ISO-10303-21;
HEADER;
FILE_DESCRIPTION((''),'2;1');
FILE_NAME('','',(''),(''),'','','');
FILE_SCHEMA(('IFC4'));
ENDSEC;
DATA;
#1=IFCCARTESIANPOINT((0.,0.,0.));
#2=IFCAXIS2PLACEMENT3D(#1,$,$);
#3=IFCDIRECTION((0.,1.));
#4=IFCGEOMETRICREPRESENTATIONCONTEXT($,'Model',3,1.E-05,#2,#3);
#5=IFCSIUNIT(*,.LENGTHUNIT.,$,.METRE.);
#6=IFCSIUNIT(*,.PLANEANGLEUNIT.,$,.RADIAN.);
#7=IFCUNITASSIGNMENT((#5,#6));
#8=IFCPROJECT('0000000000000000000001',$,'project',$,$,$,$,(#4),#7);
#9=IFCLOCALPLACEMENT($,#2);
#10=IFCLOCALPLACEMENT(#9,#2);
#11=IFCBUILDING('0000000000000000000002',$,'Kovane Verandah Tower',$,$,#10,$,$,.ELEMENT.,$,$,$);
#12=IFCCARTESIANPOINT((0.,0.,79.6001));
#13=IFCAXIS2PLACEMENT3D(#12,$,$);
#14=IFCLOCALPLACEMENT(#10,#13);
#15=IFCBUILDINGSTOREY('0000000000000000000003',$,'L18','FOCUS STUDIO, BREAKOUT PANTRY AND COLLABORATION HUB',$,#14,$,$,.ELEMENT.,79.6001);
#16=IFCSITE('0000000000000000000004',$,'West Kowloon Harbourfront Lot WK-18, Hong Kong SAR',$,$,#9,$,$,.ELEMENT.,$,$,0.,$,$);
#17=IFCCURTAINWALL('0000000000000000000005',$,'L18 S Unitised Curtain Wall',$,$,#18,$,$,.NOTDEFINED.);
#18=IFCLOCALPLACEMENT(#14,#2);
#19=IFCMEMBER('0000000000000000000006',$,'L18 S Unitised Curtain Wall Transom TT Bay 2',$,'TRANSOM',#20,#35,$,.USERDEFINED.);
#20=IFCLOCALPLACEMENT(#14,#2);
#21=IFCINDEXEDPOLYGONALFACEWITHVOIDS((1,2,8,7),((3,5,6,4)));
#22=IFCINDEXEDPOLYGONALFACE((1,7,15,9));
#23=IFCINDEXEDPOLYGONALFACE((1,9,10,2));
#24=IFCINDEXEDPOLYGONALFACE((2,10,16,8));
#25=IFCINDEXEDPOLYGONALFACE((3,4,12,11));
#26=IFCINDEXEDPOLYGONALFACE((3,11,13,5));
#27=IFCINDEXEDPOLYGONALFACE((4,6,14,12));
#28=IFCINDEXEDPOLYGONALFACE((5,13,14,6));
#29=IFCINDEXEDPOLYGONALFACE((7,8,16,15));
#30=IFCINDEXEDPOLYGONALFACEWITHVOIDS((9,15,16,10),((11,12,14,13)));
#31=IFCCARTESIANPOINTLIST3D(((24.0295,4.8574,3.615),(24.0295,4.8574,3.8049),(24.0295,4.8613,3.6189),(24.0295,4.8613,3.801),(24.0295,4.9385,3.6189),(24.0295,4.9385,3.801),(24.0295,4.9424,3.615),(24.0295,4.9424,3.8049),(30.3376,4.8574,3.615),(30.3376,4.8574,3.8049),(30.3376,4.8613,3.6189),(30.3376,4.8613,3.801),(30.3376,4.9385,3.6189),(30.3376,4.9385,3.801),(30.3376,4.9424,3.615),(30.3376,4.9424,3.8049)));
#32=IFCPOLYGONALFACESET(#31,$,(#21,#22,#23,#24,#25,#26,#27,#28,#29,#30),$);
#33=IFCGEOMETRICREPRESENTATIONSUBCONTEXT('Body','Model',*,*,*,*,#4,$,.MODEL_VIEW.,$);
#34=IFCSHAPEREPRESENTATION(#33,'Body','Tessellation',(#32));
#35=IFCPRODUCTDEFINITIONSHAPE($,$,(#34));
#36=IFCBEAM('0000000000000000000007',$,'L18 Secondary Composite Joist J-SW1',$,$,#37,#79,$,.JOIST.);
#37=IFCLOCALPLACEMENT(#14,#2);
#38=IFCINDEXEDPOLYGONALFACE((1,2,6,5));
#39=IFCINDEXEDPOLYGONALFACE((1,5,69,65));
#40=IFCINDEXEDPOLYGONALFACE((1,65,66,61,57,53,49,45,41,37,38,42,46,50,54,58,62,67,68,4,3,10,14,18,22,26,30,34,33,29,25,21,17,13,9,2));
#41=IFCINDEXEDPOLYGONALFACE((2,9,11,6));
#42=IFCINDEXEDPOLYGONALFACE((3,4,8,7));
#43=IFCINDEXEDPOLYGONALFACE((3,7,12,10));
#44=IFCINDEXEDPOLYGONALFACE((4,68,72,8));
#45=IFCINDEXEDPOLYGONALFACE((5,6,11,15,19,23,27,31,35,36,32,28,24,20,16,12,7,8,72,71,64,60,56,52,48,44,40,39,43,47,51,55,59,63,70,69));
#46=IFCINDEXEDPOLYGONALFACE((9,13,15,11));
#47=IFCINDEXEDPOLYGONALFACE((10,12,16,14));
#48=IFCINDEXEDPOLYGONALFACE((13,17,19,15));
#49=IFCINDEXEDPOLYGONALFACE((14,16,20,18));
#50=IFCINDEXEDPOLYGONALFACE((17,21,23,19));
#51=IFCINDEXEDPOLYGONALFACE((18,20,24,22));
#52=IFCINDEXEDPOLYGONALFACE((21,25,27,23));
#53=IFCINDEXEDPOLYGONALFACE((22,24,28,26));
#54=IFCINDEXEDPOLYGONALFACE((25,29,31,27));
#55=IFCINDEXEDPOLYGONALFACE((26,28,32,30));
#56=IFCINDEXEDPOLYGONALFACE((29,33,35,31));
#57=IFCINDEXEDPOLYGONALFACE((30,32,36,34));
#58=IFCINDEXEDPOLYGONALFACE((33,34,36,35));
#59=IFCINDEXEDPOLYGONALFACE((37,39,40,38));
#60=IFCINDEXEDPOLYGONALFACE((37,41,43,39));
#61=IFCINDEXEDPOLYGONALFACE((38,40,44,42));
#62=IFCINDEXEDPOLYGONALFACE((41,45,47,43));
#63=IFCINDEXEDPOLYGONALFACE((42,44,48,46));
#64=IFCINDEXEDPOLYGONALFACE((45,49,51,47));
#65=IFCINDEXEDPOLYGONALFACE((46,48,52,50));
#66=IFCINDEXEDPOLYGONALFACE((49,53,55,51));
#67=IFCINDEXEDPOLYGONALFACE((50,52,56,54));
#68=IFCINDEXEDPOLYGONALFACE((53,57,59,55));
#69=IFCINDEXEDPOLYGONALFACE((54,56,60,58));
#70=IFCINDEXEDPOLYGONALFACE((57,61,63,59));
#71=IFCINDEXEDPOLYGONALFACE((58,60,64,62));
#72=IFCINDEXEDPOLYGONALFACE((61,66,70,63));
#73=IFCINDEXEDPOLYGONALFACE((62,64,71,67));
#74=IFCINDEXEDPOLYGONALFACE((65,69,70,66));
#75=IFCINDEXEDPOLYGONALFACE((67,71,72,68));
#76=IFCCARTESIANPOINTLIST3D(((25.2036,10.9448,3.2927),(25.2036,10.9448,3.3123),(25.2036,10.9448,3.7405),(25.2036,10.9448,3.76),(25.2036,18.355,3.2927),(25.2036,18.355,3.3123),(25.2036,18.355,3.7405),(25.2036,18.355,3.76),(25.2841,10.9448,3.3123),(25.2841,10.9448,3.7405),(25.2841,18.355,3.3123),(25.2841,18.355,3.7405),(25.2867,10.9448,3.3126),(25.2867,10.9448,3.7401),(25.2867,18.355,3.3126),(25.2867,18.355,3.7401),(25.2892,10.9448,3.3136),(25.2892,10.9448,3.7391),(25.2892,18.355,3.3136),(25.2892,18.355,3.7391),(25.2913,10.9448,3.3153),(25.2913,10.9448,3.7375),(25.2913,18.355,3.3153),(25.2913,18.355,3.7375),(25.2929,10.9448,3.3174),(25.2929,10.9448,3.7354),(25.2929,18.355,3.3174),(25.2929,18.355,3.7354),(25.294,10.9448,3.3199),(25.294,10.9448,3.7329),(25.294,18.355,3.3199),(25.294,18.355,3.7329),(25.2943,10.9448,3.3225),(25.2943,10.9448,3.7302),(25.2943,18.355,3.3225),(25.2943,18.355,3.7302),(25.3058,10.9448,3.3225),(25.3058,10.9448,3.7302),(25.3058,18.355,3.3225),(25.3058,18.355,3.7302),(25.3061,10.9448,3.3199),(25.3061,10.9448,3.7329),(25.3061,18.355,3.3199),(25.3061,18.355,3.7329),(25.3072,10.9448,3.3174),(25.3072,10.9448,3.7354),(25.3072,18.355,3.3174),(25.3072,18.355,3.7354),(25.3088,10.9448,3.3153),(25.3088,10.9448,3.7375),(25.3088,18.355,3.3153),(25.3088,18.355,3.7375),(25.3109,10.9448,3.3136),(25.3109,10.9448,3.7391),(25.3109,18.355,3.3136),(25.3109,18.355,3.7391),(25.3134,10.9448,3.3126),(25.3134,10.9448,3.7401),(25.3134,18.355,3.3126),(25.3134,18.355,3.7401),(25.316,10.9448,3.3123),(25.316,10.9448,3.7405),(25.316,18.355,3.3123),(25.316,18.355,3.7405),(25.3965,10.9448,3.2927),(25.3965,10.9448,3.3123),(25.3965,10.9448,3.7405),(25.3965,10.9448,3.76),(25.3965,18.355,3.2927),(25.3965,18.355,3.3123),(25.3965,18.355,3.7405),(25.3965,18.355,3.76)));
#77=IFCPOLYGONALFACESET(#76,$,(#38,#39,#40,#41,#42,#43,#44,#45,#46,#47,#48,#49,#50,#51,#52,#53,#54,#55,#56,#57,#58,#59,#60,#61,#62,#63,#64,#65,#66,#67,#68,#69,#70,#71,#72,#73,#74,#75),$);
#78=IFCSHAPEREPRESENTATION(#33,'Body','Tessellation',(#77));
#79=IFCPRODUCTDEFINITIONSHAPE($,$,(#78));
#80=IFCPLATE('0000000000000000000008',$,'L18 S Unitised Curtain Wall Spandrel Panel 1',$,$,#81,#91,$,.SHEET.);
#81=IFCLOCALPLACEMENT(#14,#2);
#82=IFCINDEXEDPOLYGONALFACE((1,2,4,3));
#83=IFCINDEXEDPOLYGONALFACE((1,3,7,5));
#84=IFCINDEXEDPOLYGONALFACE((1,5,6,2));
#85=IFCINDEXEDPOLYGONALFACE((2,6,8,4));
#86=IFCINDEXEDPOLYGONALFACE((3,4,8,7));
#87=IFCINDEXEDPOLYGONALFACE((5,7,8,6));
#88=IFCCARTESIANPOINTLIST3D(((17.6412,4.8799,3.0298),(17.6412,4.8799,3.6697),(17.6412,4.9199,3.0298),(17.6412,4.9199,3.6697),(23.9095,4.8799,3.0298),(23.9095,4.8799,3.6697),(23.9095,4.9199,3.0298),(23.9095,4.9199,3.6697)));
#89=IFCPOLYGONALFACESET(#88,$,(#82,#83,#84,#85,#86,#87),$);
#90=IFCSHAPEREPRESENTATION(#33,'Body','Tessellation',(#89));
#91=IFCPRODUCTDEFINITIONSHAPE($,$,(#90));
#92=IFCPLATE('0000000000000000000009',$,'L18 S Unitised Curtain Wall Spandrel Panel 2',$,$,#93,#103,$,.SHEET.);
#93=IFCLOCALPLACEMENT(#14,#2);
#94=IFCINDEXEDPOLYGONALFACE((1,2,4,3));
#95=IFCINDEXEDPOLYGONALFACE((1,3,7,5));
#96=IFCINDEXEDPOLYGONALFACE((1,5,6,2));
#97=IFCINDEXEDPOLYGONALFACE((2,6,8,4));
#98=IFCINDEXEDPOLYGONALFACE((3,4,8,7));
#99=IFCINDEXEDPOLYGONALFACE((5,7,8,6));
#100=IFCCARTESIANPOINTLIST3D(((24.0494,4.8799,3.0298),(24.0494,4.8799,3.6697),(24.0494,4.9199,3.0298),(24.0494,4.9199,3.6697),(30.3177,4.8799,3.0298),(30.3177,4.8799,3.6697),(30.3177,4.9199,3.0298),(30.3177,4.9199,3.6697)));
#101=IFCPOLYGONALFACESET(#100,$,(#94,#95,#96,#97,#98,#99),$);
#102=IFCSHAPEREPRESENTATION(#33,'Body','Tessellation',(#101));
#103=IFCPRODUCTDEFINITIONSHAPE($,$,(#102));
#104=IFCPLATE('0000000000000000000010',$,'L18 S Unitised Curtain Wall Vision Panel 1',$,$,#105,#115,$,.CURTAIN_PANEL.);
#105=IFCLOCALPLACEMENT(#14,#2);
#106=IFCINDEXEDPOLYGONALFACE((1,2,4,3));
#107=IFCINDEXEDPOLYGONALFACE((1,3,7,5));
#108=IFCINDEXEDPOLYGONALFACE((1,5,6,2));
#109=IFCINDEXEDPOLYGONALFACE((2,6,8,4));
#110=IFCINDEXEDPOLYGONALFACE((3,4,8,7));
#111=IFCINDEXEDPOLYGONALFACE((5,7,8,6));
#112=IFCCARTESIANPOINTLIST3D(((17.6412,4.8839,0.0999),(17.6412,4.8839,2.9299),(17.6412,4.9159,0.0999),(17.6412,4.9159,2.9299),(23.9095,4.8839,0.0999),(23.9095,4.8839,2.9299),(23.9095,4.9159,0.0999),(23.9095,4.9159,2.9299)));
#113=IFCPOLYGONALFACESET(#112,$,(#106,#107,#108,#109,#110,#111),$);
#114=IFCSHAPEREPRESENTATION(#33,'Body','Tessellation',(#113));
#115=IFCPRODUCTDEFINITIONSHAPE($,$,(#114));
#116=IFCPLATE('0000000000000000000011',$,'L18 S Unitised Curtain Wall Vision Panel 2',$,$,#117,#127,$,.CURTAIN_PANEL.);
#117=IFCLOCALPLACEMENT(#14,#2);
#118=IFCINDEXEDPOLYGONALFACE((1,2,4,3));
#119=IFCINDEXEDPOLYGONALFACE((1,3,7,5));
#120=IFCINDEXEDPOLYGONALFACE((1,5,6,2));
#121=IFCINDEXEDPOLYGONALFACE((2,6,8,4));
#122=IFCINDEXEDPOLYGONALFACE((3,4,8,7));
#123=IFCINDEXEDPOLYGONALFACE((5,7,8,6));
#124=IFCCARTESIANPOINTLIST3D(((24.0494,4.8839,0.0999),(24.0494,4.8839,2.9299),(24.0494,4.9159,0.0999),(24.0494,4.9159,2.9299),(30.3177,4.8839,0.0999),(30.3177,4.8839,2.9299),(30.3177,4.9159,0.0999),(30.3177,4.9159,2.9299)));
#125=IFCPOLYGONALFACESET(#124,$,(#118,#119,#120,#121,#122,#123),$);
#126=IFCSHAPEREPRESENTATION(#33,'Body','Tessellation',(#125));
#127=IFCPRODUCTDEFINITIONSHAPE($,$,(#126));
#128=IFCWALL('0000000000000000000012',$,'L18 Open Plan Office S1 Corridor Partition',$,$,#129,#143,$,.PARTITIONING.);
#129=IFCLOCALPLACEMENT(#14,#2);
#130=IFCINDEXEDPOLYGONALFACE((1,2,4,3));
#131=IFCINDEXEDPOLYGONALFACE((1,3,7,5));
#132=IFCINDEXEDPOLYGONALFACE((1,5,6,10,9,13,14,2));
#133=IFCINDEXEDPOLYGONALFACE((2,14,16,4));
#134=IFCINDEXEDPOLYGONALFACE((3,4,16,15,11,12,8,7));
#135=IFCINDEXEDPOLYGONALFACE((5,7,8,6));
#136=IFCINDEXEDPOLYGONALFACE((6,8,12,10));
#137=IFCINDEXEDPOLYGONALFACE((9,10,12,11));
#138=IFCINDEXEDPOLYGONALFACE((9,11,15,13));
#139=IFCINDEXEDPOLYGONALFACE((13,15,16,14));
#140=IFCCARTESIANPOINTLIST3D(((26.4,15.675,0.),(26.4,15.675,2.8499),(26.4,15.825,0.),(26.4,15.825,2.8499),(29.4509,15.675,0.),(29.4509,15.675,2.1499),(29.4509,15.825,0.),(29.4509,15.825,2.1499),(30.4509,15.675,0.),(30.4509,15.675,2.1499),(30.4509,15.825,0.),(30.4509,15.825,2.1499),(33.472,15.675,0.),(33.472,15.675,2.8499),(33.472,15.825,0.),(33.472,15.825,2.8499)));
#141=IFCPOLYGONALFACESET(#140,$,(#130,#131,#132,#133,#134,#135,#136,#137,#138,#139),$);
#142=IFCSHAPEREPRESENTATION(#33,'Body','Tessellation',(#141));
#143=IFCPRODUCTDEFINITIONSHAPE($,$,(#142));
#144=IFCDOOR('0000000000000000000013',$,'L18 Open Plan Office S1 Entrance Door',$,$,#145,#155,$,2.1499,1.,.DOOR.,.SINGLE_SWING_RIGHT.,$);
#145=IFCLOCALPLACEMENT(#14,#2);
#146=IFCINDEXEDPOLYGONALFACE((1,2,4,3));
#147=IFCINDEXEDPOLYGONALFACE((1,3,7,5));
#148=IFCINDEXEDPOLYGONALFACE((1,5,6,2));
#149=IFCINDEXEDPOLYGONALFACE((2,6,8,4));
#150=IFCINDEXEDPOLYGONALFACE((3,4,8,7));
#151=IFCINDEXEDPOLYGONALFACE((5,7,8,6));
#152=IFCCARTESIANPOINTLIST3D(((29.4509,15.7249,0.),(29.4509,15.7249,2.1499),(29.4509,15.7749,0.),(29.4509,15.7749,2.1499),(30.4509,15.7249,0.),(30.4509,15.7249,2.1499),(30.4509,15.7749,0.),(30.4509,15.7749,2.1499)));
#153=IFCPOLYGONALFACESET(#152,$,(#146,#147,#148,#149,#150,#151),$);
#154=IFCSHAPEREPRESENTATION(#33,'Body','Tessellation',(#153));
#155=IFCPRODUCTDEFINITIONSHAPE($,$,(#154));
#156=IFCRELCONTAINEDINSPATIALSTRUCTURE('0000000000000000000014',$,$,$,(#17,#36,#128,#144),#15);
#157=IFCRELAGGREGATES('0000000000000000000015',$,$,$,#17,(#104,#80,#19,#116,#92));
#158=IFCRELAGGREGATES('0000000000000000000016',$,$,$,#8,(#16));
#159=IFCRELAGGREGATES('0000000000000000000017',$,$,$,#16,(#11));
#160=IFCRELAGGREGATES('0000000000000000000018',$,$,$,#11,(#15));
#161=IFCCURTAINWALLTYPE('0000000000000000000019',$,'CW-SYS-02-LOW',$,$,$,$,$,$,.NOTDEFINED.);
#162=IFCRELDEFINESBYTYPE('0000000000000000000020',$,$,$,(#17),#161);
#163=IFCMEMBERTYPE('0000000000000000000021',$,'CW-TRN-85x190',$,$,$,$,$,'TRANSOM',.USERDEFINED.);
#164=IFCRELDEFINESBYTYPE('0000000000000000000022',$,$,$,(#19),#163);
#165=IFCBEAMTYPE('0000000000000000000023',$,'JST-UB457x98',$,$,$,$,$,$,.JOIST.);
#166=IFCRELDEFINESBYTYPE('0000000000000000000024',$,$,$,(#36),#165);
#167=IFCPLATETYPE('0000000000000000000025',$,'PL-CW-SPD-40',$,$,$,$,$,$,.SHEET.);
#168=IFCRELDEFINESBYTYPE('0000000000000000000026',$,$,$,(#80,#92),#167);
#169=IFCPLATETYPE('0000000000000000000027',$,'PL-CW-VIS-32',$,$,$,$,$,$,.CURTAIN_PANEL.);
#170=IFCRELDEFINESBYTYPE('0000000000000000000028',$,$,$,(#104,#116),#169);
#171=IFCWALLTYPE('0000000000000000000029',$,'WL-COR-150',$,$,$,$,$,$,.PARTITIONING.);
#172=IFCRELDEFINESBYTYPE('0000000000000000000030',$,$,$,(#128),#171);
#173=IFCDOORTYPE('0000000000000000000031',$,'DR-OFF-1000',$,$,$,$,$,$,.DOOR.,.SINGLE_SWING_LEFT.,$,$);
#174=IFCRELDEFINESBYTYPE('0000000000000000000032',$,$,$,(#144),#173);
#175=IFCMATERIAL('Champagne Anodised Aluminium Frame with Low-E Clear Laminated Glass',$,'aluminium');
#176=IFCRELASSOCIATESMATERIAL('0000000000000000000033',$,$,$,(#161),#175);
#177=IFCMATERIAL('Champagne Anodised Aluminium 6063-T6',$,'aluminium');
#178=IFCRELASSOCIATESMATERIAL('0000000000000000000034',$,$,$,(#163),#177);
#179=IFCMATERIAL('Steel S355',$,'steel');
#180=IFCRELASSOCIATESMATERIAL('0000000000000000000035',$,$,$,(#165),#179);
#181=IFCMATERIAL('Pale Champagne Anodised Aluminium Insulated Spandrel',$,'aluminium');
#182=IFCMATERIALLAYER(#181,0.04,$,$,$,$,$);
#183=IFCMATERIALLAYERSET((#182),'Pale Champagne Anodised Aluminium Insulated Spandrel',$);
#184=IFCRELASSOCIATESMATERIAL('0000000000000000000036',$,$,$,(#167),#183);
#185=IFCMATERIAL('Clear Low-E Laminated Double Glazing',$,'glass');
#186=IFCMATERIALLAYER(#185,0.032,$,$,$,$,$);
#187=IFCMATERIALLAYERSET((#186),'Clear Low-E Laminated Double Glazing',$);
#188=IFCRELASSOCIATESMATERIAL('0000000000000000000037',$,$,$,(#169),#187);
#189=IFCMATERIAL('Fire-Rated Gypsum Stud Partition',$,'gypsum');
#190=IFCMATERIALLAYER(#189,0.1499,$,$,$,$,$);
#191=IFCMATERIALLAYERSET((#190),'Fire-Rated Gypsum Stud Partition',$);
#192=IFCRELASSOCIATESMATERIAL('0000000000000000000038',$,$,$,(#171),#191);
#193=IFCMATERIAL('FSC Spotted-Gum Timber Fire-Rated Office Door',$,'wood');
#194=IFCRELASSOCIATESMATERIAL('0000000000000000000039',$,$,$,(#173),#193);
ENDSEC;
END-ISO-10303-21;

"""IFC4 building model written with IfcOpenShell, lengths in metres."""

from ifc_helpers import new_model, si_unit, direction, frame, frame_2d, origin, origin_2d, place, context, subcontext, project, spatial, rectangle, hollow_rectangle, i_section, extrude, material, layer, layer_set, material_profile, profile_set, type_object, element, fill, aggregate, save


model = new_model("IFC4")

# Units and contexts
model_context = context("Model", 3, precision=1e-05, world=origin(), true_north=direction((0.0, 1.0)))
body_context = subcontext(model_context, "Body", "Model", "MODEL_VIEW")
ifc_project = project(units=[si_unit("LENGTHUNIT", "METRE"), si_unit("PLANEANGLEUNIT", "RADIAN")], contexts=[model_context])

# Site, building, storey
site_placement = place(None, origin())
site = spatial("IfcSite", under=ifc_project, at=site_placement, Name="West Kowloon Harbourfront Lot WK-18, Hong Kong SAR", CompositionType="ELEMENT", RefElevation=0.0)
building_placement = place(site_placement, origin())
building = spatial("IfcBuilding", under=site, at=building_placement, Name="Kovane Verandah Tower", CompositionType="ELEMENT")
storey_placement = place(building_placement, frame((0.0, 0.0, 79.6001)))
storey = spatial("IfcBuildingStorey", under=building, at=storey_placement, Name="L18", Description="FOCUS STUDIO, BREAKOUT PANTRY AND COLLABORATION HUB", CompositionType="ELEMENT", Elevation=79.6001)

# Shared definitions
ifc_material_1 = material(Name="Steel S355", Category="steel")

# Curtain wall, member
ifc_material_2 = material(Name="Champagne Anodised Aluminium Frame with Low-E Clear Laminated Glass", Category="aluminium")
curtain_wall_type = type_object("IfcCurtainWallType", Name="CW-SYS-02-LOW", PredefinedType="NOTDEFINED", material=ifc_material_2)
curtain_wall_placement = place(storey_placement, origin())
curtain_wall = element("IfcCurtainWall", 1, at=curtain_wall_placement, inside=storey, type_object=curtain_wall_type, Name="L18 S Unitised Curtain Wall", PredefinedType="NOTDEFINED")
ifc_material_3 = material(Name="Champagne Anodised Aluminium 6063-T6", Category="aluminium")
ifc_material_profile_1 = material_profile(ifc_material_3, hollow_rectangle(XDim=0.085, YDim=0.1899, WallThickness=0.0039, at=origin_2d()), Name="AL85x190x4")
ifc_profile_set_1 = profile_set([ifc_material_profile_1], Name="Champagne Anodised Aluminium 6063-T6")
member_type_1 = type_object("IfcMemberType", Name="CW-TRN-85x190", ElementType="TRANSOM", PredefinedType="USERDEFINED", material=ifc_profile_set_1)
member_1_placement = place(storey_placement, frame((24.0295, 4.8999, 3.71), z_axis=(1.0, 0.0, 0.0), x_axis=(0.0, 1.0, 0.0)))
member_1 = element("IfcMember", 2, at=member_1_placement, type_object=member_type_1, Name="L18 S Unitised Curtain Wall Transom TT Bay 2", ObjectType="TRANSOM", PredefinedType="USERDEFINED", context=body_context, shape_type="SweptSolid", body=[
    extrude(hollow_rectangle(XDim=0.085, YDim=0.1899, WallThickness=0.0039, at=origin_2d()), origin(), (0.0, 0.0, 1.0), 6.3081),
])

# Beam
ifc_material_profile_2 = material_profile(ifc_material_1, i_section(OverallWidth=0.1929, OverallDepth=0.4673, WebThickness=0.0115, FlangeThickness=0.0195, FilletRadius=0.0103, at=origin_2d()), Name="UB457x191x98")
ifc_profile_set_2 = profile_set([ifc_material_profile_2], Name="Steel S355")
beam_type_1 = type_object("IfcBeamType", Name="JST-UB457x98", PredefinedType="JOIST", material=ifc_profile_set_2)
beam_1_placement = place(storey_placement, frame((25.3, 10.9448, 3.5264), z_axis=(0.0, 1.0, 0.0), x_axis=(-1.0, 0.0, 0.0)))
element("IfcBeam", 3, at=beam_1_placement, inside=storey, type_object=beam_type_1, Name="L18 Secondary Composite Joist J-SW1", PredefinedType="JOIST", context=body_context, shape_type="SweptSolid", body=[
    extrude(i_section(OverallWidth=0.1929, OverallDepth=0.4673, WebThickness=0.0115, FlangeThickness=0.0195, FilletRadius=0.0103, at=origin_2d()), origin(), (0.0, 0.0, 1.0), 7.4102),
])

# Plates
ifc_material_4 = material(Name="Pale Champagne Anodised Aluminium Insulated Spandrel", Category="aluminium")
ifc_layer_1 = layer(ifc_material_4, 0.04)
ifc_layer_set_1 = layer_set([ifc_layer_1], Name="Pale Champagne Anodised Aluminium Insulated Spandrel")
plate_type_1 = type_object("IfcPlateType", Name="PL-CW-SPD-40", PredefinedType="SHEET", material=ifc_layer_set_1)
plate_1_placement = place(storey_placement, frame((20.7754, 4.8999, 3.0298), z_axis=(0.0, 0.0, 1.0), x_axis=(1.0, 0.0, 0.0)))
plate_1 = element("IfcPlate", 4, at=plate_1_placement, type_object=plate_type_1, Name="L18 S Unitised Curtain Wall Spandrel Panel 1", PredefinedType="SHEET", context=body_context, shape_type="SweptSolid", body=[
    extrude(rectangle(XDim=6.2683, YDim=0.04, at=origin_2d()), origin(), (0.0, 0.0, 1.0), 0.6399),
])
plate_2_placement = place(storey_placement, frame((27.1836, 4.8999, 3.0298), z_axis=(0.0, 0.0, 1.0), x_axis=(1.0, 0.0, 0.0)))
plate_2 = element("IfcPlate", 5, at=plate_2_placement, type_object=plate_type_1, Name="L18 S Unitised Curtain Wall Spandrel Panel 2", PredefinedType="SHEET", context=body_context, shape_type="SweptSolid", body=[
    extrude(rectangle(XDim=6.2683, YDim=0.04, at=origin_2d()), origin(), (0.0, 0.0, 1.0), 0.6399),
])
ifc_material_5 = material(Name="Clear Low-E Laminated Double Glazing", Category="glass")
ifc_layer_2 = layer(ifc_material_5, 0.032)
ifc_layer_set_2 = layer_set([ifc_layer_2], Name="Clear Low-E Laminated Double Glazing")
plate_type_2 = type_object("IfcPlateType", Name="PL-CW-VIS-32", PredefinedType="CURTAIN_PANEL", material=ifc_layer_set_2)
plate_3_placement = place(storey_placement, frame((20.7754, 4.8999, 0.0999), z_axis=(0.0, 0.0, 1.0), x_axis=(1.0, 0.0, 0.0)))
plate_3 = element("IfcPlate", 6, at=plate_3_placement, type_object=plate_type_2, Name="L18 S Unitised Curtain Wall Vision Panel 1", PredefinedType="CURTAIN_PANEL", context=body_context, shape_type="SweptSolid", body=[
    extrude(rectangle(XDim=6.2683, YDim=0.032, at=origin_2d()), origin(), (0.0, 0.0, 1.0), 2.8301),
])
plate_4_placement = place(storey_placement, frame((27.1836, 4.8999, 0.0999), z_axis=(0.0, 0.0, 1.0), x_axis=(1.0, 0.0, 0.0)))
plate_4 = element("IfcPlate", 7, at=plate_4_placement, type_object=plate_type_2, Name="L18 S Unitised Curtain Wall Vision Panel 2", PredefinedType="CURTAIN_PANEL", context=body_context, shape_type="SweptSolid", body=[
    extrude(rectangle(XDim=6.2683, YDim=0.032, at=origin_2d()), origin(), (0.0, 0.0, 1.0), 2.8301),
])
aggregate(curtain_wall, [plate_3, plate_1, member_1, plate_4, plate_2])

# Wall, opening, door
ifc_material_6 = material(Name="Fire-Rated Gypsum Stud Partition", Category="gypsum")
ifc_layer_3 = layer(ifc_material_6, 0.1499)
ifc_layer_set_3 = layer_set([ifc_layer_3], Name="Fire-Rated Gypsum Stud Partition")
wall_type = type_object("IfcWallType", Name="WL-COR-150", PredefinedType="PARTITIONING", material=ifc_layer_set_3)
wall_1_placement = place(storey_placement, frame((26.3999, 15.75, 0.0), z_axis=(0.0, 0.0, 1.0), x_axis=(1.0, 0.0, 0.0)))
wall_1 = element("IfcWall", 8, at=wall_1_placement, inside=storey, type_object=wall_type, Name="L18 Open Plan Office S1 Corridor Partition", PredefinedType="PARTITIONING", context=body_context, shape_type="SweptSolid", body=[
    extrude(rectangle(XDim=7.072, YDim=0.1499, at=frame_2d((3.5361, 0.0))), origin(), (0.0, 0.0, 1.0), 2.8499),
])
opening_1_placement = place(wall_1_placement, frame((3.051, 0.0, 0.0)))
opening_1 = element("IfcOpeningElement", 9, at=opening_1_placement, cuts=wall_1, PredefinedType="OPENING", context=body_context, shape_type="SweptSolid", body=[
    extrude(rectangle(XDim=1.0, YDim=2.1499, at=frame_2d((0.5, 1.075))), frame((0.0, 0.075, 0.0), z_axis=(0.0, -1.0, 0.0), x_axis=(1.0, 0.0, 0.0)), (0.0, 0.0, 1.0), 0.1499),
])
ifc_material_7 = material(Name="FSC Spotted-Gum Timber Fire-Rated Office Door", Category="wood")
door_type = type_object("IfcDoorType", Name="DR-OFF-1000", OperationType="SINGLE_SWING_LEFT", PredefinedType="DOOR", material=ifc_material_7)
door_1_placement = place(opening_1_placement, origin())
door_1 = element("IfcDoor", 10, at=door_1_placement, inside=storey, type_object=door_type, Name="L18 Open Plan Office S1 Entrance Door", OperationType="SINGLE_SWING_RIGHT", OverallHeight=2.1499, OverallWidth=1.0, PredefinedType="DOOR", context=body_context, shape_type="SweptSolid", body=[
    extrude(rectangle(XDim=1.0, YDim=2.1499, at=frame_2d((0.5, 1.075))), frame((0.0, 0.0249, 0.0), z_axis=(0.0, -1.0, 0.0), x_axis=(1.0, 0.0, 0.0)), (0.0, 0.0, 1.0), 0.05),
])
fill(opening_1, door_1)

save(model, "model.ifc")
